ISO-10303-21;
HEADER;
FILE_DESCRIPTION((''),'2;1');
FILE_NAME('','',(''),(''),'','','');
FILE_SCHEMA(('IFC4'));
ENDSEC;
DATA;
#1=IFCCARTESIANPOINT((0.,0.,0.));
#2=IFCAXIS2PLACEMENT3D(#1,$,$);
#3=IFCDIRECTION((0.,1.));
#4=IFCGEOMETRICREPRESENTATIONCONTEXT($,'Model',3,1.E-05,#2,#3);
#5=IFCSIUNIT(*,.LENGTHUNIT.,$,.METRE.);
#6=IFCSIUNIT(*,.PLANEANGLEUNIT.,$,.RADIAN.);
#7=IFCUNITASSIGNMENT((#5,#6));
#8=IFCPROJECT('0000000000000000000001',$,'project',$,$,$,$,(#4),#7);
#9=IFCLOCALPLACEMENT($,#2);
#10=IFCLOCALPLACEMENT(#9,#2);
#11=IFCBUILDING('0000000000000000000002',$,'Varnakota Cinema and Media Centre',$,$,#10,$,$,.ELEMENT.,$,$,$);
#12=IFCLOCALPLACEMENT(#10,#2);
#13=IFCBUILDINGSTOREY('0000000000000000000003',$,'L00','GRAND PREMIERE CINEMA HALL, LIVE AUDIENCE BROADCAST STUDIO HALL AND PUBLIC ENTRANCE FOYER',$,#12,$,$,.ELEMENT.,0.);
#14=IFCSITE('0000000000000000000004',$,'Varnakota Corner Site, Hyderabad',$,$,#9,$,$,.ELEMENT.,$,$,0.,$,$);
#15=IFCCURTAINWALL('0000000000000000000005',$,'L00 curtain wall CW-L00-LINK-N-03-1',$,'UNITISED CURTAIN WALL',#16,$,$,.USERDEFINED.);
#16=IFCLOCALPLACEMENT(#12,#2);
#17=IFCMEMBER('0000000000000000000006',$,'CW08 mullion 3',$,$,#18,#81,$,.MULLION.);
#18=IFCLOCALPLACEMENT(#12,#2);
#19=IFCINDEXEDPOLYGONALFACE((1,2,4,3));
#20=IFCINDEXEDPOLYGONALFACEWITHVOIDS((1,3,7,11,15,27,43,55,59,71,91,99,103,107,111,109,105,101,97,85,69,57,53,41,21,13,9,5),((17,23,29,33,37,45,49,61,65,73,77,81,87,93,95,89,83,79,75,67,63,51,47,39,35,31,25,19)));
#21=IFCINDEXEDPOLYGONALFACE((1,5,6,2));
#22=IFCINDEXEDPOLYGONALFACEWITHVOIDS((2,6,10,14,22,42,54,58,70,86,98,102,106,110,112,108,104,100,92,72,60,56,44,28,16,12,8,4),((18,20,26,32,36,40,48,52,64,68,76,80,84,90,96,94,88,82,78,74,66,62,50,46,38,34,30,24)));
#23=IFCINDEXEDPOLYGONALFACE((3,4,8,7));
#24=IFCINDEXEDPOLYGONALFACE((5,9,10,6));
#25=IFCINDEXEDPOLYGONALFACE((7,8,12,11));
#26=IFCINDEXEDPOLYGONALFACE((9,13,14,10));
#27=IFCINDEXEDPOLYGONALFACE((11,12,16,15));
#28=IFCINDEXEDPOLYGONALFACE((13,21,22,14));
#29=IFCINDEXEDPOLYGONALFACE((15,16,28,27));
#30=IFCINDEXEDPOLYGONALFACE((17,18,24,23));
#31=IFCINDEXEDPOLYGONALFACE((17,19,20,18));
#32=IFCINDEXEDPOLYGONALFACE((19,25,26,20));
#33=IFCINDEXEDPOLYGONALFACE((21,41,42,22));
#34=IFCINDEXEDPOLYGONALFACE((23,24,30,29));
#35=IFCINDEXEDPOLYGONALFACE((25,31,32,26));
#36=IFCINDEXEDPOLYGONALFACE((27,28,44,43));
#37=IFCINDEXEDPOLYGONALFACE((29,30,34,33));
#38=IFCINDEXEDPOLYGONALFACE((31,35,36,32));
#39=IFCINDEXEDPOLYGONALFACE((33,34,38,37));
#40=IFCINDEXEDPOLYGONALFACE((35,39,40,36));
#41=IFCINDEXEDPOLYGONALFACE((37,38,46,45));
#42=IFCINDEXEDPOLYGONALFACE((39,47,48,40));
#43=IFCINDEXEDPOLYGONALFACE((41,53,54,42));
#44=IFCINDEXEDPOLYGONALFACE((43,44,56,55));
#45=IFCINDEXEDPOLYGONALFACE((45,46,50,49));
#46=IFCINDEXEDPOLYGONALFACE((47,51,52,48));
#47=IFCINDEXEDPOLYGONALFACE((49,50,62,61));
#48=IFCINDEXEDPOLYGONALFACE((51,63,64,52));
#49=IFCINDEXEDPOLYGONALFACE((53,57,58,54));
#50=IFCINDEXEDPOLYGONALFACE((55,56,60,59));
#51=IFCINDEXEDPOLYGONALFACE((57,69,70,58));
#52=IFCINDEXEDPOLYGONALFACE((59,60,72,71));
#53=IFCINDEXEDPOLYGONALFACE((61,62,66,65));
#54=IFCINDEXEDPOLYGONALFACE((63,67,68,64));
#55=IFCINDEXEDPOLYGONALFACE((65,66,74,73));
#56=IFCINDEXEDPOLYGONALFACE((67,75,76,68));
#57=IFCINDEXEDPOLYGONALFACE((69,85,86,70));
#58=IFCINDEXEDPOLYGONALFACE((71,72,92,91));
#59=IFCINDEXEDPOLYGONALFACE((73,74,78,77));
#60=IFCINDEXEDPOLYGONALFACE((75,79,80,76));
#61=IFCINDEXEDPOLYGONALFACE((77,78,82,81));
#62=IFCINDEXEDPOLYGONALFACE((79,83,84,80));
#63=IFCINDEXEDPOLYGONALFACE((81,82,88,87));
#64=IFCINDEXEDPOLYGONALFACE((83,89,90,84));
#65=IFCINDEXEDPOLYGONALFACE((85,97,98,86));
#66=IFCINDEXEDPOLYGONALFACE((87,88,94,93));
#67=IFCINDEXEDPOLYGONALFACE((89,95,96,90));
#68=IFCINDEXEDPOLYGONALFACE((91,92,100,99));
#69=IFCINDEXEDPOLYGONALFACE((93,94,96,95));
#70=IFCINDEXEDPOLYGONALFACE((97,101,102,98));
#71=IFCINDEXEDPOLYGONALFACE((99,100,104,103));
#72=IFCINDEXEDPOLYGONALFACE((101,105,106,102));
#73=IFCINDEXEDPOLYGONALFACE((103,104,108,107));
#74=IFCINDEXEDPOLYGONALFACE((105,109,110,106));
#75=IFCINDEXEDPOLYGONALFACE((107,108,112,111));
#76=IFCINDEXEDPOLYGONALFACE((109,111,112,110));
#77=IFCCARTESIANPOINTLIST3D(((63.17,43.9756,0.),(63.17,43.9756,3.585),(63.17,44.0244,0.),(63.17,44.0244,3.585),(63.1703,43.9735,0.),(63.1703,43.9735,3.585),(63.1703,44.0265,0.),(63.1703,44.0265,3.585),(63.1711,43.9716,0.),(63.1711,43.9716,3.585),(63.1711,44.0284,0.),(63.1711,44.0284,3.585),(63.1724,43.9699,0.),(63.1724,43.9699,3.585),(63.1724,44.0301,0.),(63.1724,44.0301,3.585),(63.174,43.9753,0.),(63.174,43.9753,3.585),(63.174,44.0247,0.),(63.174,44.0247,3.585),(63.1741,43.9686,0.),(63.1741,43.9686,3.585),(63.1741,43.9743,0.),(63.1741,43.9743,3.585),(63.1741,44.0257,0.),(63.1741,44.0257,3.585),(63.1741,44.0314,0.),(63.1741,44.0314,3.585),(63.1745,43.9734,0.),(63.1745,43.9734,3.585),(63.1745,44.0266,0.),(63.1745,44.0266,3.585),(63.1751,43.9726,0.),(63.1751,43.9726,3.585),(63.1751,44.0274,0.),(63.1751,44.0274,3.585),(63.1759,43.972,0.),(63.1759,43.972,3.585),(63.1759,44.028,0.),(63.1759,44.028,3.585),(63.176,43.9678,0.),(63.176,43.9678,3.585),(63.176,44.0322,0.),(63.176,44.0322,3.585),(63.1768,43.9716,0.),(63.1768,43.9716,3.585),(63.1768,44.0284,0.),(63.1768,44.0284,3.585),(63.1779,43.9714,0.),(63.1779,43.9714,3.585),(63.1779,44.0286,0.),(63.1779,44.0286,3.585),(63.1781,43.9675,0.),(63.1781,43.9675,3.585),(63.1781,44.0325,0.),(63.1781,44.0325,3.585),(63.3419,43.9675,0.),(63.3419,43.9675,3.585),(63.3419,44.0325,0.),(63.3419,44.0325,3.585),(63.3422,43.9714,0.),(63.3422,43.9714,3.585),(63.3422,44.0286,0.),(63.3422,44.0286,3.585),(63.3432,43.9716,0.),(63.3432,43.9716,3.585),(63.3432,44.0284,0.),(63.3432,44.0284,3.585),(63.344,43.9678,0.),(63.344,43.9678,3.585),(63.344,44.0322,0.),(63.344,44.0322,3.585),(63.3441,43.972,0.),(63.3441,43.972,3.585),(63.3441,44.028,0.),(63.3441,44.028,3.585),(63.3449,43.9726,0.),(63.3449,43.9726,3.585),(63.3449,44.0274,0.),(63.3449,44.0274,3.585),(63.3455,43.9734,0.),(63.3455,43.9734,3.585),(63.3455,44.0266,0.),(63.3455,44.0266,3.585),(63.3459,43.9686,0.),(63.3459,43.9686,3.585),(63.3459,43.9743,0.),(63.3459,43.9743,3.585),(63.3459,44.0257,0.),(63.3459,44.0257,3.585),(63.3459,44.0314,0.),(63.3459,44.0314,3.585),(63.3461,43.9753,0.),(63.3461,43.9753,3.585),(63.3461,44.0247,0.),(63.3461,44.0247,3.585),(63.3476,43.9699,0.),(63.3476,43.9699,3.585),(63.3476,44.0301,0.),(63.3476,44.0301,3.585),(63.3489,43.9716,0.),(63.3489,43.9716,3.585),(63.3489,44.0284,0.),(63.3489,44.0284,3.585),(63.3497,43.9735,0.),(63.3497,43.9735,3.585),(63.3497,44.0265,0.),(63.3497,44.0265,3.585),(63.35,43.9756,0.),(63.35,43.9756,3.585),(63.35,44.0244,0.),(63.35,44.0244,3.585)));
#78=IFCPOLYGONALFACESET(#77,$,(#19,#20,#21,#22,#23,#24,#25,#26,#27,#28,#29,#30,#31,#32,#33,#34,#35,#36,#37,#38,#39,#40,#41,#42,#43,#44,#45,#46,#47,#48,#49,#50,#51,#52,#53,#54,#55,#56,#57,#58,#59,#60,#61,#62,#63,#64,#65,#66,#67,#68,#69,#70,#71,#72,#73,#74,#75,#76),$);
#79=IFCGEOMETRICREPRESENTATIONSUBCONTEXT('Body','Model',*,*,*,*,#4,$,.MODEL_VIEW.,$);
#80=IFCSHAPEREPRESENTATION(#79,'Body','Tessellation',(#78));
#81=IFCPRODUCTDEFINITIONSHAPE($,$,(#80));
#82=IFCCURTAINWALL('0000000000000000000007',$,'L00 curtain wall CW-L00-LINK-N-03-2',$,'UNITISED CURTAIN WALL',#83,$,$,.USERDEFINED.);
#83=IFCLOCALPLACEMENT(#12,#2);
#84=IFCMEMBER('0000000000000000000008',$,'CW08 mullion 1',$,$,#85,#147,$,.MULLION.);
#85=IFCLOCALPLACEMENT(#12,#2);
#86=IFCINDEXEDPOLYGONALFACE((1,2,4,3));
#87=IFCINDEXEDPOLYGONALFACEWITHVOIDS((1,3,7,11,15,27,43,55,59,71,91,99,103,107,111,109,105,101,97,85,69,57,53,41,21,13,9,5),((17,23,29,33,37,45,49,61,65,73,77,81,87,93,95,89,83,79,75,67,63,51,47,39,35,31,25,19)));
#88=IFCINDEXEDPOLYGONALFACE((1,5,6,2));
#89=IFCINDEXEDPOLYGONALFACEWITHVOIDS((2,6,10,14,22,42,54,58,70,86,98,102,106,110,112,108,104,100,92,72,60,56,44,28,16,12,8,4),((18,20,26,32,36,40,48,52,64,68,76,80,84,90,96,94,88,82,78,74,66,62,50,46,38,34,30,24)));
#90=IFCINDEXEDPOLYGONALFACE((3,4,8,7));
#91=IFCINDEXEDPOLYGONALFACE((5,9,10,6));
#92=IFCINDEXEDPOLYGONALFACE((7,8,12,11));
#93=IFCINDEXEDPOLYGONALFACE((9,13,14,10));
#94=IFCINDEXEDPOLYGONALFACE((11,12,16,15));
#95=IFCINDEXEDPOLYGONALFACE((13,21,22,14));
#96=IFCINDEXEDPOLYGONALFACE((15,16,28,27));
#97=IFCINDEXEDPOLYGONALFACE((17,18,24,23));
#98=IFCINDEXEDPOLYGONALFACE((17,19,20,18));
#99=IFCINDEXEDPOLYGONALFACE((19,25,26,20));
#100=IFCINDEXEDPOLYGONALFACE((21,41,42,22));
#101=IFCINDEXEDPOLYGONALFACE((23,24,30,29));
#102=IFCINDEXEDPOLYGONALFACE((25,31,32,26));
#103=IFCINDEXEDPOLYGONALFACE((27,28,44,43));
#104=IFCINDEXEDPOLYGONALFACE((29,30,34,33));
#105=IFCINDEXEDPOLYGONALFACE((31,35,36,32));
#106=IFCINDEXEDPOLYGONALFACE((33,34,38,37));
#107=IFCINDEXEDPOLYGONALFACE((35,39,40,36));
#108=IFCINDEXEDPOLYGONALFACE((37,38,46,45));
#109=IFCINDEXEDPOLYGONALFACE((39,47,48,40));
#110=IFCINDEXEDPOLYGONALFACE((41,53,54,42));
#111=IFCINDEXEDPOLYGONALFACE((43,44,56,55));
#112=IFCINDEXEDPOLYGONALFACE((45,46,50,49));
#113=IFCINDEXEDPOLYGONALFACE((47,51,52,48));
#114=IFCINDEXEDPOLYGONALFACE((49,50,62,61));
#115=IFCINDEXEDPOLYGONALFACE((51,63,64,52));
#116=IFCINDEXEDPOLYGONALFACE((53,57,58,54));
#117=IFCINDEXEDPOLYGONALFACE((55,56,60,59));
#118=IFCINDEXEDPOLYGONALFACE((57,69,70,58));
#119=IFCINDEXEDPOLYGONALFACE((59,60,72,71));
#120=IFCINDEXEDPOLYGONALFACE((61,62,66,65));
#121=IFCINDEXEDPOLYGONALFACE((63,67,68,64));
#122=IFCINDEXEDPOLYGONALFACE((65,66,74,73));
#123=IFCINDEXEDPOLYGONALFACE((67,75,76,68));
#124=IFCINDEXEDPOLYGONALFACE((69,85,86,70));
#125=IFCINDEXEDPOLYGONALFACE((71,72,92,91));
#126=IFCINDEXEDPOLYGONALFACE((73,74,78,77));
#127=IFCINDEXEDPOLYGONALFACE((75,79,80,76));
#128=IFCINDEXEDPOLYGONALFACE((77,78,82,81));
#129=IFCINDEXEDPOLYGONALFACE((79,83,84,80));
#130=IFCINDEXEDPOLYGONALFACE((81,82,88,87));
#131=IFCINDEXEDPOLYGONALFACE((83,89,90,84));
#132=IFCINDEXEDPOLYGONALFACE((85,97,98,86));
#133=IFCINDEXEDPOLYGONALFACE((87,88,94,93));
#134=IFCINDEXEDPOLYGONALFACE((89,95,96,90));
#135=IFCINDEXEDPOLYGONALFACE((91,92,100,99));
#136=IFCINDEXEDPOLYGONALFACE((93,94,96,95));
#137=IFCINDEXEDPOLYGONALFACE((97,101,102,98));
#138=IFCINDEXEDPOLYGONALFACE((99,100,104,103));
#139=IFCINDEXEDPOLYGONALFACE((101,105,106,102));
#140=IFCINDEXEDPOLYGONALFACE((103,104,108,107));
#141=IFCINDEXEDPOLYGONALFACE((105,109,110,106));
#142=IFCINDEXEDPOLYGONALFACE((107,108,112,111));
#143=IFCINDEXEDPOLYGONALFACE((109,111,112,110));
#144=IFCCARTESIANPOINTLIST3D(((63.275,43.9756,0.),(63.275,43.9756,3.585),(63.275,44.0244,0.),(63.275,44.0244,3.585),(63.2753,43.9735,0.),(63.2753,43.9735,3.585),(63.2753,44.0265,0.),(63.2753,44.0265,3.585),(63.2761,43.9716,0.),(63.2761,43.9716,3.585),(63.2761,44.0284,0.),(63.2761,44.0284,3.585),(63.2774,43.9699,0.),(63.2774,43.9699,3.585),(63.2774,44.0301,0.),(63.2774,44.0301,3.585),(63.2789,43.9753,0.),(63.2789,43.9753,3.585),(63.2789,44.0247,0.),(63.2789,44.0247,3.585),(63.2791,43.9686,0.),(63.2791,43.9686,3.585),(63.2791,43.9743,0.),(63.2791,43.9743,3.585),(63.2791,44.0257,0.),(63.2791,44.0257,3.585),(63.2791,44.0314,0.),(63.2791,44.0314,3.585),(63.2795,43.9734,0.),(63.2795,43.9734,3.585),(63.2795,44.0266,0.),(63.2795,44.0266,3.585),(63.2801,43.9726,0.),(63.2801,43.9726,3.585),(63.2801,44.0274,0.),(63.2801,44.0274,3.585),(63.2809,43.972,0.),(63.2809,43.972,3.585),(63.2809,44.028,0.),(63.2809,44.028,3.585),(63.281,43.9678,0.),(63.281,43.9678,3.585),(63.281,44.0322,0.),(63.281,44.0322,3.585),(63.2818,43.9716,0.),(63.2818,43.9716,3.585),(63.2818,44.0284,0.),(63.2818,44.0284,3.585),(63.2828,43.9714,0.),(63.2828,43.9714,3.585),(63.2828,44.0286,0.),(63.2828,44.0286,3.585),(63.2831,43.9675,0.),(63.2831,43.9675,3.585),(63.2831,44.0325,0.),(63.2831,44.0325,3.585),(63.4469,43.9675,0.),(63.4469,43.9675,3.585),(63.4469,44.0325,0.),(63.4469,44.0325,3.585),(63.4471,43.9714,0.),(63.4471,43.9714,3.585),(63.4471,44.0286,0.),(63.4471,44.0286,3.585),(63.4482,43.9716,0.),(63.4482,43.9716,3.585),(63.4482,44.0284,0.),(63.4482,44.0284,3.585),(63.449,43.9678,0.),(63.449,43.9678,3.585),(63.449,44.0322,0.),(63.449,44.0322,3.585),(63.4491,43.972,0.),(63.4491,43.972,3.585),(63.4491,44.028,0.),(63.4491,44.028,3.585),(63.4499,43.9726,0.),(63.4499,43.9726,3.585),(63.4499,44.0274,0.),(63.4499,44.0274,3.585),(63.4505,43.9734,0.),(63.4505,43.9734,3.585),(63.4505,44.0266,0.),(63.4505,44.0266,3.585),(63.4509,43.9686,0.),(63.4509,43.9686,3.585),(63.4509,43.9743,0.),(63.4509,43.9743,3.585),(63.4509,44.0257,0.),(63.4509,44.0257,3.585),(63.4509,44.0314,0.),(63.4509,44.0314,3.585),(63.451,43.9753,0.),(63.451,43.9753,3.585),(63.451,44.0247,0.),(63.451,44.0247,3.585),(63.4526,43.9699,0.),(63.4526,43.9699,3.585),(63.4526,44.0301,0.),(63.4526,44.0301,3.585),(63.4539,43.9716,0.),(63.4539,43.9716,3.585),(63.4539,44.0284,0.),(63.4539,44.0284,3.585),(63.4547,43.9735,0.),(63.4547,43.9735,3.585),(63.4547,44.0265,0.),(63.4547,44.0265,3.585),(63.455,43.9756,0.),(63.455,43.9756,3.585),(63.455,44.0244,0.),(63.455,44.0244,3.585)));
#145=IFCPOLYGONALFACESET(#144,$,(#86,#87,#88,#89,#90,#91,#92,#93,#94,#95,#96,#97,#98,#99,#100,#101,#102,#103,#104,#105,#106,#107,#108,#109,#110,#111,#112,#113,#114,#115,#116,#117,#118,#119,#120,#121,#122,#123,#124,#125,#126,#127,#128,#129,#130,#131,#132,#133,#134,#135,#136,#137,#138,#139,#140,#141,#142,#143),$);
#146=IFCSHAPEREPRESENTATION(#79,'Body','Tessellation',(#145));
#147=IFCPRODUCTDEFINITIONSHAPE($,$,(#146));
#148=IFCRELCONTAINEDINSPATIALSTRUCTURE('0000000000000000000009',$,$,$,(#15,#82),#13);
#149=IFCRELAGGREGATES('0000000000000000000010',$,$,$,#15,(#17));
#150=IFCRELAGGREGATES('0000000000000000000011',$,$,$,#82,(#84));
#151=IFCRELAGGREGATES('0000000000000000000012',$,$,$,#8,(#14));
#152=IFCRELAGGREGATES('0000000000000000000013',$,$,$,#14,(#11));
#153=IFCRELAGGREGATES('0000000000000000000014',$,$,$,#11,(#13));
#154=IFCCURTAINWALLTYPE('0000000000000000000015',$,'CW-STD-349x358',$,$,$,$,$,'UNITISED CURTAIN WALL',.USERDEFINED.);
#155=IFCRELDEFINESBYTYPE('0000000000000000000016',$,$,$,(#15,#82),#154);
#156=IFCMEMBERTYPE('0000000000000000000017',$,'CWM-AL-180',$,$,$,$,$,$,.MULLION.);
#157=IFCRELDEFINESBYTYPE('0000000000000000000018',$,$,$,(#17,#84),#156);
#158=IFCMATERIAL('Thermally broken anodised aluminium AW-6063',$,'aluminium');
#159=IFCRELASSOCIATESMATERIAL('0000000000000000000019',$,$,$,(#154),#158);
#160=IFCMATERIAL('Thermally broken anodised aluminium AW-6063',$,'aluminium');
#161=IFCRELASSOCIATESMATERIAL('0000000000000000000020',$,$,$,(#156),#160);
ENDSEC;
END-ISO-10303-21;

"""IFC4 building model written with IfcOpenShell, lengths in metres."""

from ifc_helpers import new_model, si_unit, direction, frame, origin, origin_2d, place, context, subcontext, project, spatial, hollow_rectangle, extrude, material, material_profile, profile_set, type_object, element, aggregate, save


model = new_model("IFC4")

# Units and contexts
model_context = context("Model", 3, precision=1e-05, world=origin(), true_north=direction((0.0, 1.0)))
body_context = subcontext(model_context, "Body", "Model", "MODEL_VIEW")
ifc_project = project(units=[si_unit("LENGTHUNIT", "METRE"), si_unit("PLANEANGLEUNIT", "RADIAN")], contexts=[model_context])

# Site, building, storey
site_placement = place(None, origin())
site = spatial("IfcSite", under=ifc_project, at=site_placement, Name="Varnakota Corner Site, Hyderabad", CompositionType="ELEMENT", RefElevation=0.0)
building_placement = place(site_placement, origin())
building = spatial("IfcBuilding", under=site, at=building_placement, Name="Varnakota Cinema and Media Centre", CompositionType="ELEMENT")
storey_placement = place(building_placement, origin())
storey = spatial("IfcBuildingStorey", under=building, at=storey_placement, Name="L00", Description="GRAND PREMIERE CINEMA HALL, LIVE AUDIENCE BROADCAST STUDIO HALL AND PUBLIC ENTRANCE FOYER", CompositionType="ELEMENT", Elevation=0.0)

# Shared definitions
ifc_material_1 = material(Name="Thermally broken anodised aluminium AW-6063", Category="aluminium")
curtain_wall_type = type_object("IfcCurtainWallType", Name="CW-STD-349x358", ElementType="UNITISED CURTAIN WALL", PredefinedType="USERDEFINED", material=ifc_material_1)
ifc_material_2 = material(Name="Thermally broken anodised aluminium AW-6063", Category="aluminium")
ifc_material_profile_1 = material_profile(ifc_material_2, hollow_rectangle(XDim=0.0649, YDim=0.1799, WallThickness=0.0039, InnerFilletRadius=0.0039, OuterFilletRadius=0.0081, at=origin_2d()), Name="AL-MULLION 180x65x4")
ifc_profile_set_1 = profile_set([ifc_material_profile_1], Name="Thermally broken anodised aluminium AW-6063")
member_type_1 = type_object("IfcMemberType", Name="CWM-AL-180", PredefinedType="MULLION", material=ifc_profile_set_1)

# Curtain wall, member
curtain_wall_1_placement = place(storey_placement, origin())
curtain_wall_1 = element("IfcCurtainWall", 1, at=curtain_wall_1_placement, inside=storey, type_object=curtain_wall_type, Name="L00 curtain wall CW-L00-LINK-N-03-1", ObjectType="UNITISED CURTAIN WALL", PredefinedType="USERDEFINED")
member_1_placement = place(storey_placement, frame((63.26, 44.0, 0.0), z_axis=(0.0, 0.0, 1.0), x_axis=(0.0, 1.0, 0.0)))
member_1 = element("IfcMember", 2, at=member_1_placement, type_object=member_type_1, Name="CW08 mullion 3", PredefinedType="MULLION", context=body_context, shape_type="SweptSolid", body=[
    extrude(hollow_rectangle(XDim=0.0649, YDim=0.1799, WallThickness=0.0039, InnerFilletRadius=0.0039, OuterFilletRadius=0.0081, at=origin_2d()), origin(), (0.0, 0.0, 1.0), 3.585),
])

# Curtain wall, member
curtain_wall_2_placement = place(storey_placement, origin())
curtain_wall_2 = element("IfcCurtainWall", 3, at=curtain_wall_2_placement, inside=storey, type_object=curtain_wall_type, Name="L00 curtain wall CW-L00-LINK-N-03-2", ObjectType="UNITISED CURTAIN WALL", PredefinedType="USERDEFINED")
member_2_placement = place(storey_placement, frame((63.365, 44.0, 0.0), z_axis=(0.0, 0.0, 1.0), x_axis=(0.0, 1.0, 0.0)))
member_2 = element("IfcMember", 4, at=member_2_placement, type_object=member_type_1, Name="CW08 mullion 1", PredefinedType="MULLION", context=body_context, shape_type="SweptSolid", body=[
    extrude(hollow_rectangle(XDim=0.0649, YDim=0.1799, WallThickness=0.0039, InnerFilletRadius=0.0039, OuterFilletRadius=0.0081, at=origin_2d()), origin(), (0.0, 0.0, 1.0), 3.585),
])

aggregate(curtain_wall_1, [member_1])
aggregate(curtain_wall_2, [member_2])

save(model, "model.ifc")
